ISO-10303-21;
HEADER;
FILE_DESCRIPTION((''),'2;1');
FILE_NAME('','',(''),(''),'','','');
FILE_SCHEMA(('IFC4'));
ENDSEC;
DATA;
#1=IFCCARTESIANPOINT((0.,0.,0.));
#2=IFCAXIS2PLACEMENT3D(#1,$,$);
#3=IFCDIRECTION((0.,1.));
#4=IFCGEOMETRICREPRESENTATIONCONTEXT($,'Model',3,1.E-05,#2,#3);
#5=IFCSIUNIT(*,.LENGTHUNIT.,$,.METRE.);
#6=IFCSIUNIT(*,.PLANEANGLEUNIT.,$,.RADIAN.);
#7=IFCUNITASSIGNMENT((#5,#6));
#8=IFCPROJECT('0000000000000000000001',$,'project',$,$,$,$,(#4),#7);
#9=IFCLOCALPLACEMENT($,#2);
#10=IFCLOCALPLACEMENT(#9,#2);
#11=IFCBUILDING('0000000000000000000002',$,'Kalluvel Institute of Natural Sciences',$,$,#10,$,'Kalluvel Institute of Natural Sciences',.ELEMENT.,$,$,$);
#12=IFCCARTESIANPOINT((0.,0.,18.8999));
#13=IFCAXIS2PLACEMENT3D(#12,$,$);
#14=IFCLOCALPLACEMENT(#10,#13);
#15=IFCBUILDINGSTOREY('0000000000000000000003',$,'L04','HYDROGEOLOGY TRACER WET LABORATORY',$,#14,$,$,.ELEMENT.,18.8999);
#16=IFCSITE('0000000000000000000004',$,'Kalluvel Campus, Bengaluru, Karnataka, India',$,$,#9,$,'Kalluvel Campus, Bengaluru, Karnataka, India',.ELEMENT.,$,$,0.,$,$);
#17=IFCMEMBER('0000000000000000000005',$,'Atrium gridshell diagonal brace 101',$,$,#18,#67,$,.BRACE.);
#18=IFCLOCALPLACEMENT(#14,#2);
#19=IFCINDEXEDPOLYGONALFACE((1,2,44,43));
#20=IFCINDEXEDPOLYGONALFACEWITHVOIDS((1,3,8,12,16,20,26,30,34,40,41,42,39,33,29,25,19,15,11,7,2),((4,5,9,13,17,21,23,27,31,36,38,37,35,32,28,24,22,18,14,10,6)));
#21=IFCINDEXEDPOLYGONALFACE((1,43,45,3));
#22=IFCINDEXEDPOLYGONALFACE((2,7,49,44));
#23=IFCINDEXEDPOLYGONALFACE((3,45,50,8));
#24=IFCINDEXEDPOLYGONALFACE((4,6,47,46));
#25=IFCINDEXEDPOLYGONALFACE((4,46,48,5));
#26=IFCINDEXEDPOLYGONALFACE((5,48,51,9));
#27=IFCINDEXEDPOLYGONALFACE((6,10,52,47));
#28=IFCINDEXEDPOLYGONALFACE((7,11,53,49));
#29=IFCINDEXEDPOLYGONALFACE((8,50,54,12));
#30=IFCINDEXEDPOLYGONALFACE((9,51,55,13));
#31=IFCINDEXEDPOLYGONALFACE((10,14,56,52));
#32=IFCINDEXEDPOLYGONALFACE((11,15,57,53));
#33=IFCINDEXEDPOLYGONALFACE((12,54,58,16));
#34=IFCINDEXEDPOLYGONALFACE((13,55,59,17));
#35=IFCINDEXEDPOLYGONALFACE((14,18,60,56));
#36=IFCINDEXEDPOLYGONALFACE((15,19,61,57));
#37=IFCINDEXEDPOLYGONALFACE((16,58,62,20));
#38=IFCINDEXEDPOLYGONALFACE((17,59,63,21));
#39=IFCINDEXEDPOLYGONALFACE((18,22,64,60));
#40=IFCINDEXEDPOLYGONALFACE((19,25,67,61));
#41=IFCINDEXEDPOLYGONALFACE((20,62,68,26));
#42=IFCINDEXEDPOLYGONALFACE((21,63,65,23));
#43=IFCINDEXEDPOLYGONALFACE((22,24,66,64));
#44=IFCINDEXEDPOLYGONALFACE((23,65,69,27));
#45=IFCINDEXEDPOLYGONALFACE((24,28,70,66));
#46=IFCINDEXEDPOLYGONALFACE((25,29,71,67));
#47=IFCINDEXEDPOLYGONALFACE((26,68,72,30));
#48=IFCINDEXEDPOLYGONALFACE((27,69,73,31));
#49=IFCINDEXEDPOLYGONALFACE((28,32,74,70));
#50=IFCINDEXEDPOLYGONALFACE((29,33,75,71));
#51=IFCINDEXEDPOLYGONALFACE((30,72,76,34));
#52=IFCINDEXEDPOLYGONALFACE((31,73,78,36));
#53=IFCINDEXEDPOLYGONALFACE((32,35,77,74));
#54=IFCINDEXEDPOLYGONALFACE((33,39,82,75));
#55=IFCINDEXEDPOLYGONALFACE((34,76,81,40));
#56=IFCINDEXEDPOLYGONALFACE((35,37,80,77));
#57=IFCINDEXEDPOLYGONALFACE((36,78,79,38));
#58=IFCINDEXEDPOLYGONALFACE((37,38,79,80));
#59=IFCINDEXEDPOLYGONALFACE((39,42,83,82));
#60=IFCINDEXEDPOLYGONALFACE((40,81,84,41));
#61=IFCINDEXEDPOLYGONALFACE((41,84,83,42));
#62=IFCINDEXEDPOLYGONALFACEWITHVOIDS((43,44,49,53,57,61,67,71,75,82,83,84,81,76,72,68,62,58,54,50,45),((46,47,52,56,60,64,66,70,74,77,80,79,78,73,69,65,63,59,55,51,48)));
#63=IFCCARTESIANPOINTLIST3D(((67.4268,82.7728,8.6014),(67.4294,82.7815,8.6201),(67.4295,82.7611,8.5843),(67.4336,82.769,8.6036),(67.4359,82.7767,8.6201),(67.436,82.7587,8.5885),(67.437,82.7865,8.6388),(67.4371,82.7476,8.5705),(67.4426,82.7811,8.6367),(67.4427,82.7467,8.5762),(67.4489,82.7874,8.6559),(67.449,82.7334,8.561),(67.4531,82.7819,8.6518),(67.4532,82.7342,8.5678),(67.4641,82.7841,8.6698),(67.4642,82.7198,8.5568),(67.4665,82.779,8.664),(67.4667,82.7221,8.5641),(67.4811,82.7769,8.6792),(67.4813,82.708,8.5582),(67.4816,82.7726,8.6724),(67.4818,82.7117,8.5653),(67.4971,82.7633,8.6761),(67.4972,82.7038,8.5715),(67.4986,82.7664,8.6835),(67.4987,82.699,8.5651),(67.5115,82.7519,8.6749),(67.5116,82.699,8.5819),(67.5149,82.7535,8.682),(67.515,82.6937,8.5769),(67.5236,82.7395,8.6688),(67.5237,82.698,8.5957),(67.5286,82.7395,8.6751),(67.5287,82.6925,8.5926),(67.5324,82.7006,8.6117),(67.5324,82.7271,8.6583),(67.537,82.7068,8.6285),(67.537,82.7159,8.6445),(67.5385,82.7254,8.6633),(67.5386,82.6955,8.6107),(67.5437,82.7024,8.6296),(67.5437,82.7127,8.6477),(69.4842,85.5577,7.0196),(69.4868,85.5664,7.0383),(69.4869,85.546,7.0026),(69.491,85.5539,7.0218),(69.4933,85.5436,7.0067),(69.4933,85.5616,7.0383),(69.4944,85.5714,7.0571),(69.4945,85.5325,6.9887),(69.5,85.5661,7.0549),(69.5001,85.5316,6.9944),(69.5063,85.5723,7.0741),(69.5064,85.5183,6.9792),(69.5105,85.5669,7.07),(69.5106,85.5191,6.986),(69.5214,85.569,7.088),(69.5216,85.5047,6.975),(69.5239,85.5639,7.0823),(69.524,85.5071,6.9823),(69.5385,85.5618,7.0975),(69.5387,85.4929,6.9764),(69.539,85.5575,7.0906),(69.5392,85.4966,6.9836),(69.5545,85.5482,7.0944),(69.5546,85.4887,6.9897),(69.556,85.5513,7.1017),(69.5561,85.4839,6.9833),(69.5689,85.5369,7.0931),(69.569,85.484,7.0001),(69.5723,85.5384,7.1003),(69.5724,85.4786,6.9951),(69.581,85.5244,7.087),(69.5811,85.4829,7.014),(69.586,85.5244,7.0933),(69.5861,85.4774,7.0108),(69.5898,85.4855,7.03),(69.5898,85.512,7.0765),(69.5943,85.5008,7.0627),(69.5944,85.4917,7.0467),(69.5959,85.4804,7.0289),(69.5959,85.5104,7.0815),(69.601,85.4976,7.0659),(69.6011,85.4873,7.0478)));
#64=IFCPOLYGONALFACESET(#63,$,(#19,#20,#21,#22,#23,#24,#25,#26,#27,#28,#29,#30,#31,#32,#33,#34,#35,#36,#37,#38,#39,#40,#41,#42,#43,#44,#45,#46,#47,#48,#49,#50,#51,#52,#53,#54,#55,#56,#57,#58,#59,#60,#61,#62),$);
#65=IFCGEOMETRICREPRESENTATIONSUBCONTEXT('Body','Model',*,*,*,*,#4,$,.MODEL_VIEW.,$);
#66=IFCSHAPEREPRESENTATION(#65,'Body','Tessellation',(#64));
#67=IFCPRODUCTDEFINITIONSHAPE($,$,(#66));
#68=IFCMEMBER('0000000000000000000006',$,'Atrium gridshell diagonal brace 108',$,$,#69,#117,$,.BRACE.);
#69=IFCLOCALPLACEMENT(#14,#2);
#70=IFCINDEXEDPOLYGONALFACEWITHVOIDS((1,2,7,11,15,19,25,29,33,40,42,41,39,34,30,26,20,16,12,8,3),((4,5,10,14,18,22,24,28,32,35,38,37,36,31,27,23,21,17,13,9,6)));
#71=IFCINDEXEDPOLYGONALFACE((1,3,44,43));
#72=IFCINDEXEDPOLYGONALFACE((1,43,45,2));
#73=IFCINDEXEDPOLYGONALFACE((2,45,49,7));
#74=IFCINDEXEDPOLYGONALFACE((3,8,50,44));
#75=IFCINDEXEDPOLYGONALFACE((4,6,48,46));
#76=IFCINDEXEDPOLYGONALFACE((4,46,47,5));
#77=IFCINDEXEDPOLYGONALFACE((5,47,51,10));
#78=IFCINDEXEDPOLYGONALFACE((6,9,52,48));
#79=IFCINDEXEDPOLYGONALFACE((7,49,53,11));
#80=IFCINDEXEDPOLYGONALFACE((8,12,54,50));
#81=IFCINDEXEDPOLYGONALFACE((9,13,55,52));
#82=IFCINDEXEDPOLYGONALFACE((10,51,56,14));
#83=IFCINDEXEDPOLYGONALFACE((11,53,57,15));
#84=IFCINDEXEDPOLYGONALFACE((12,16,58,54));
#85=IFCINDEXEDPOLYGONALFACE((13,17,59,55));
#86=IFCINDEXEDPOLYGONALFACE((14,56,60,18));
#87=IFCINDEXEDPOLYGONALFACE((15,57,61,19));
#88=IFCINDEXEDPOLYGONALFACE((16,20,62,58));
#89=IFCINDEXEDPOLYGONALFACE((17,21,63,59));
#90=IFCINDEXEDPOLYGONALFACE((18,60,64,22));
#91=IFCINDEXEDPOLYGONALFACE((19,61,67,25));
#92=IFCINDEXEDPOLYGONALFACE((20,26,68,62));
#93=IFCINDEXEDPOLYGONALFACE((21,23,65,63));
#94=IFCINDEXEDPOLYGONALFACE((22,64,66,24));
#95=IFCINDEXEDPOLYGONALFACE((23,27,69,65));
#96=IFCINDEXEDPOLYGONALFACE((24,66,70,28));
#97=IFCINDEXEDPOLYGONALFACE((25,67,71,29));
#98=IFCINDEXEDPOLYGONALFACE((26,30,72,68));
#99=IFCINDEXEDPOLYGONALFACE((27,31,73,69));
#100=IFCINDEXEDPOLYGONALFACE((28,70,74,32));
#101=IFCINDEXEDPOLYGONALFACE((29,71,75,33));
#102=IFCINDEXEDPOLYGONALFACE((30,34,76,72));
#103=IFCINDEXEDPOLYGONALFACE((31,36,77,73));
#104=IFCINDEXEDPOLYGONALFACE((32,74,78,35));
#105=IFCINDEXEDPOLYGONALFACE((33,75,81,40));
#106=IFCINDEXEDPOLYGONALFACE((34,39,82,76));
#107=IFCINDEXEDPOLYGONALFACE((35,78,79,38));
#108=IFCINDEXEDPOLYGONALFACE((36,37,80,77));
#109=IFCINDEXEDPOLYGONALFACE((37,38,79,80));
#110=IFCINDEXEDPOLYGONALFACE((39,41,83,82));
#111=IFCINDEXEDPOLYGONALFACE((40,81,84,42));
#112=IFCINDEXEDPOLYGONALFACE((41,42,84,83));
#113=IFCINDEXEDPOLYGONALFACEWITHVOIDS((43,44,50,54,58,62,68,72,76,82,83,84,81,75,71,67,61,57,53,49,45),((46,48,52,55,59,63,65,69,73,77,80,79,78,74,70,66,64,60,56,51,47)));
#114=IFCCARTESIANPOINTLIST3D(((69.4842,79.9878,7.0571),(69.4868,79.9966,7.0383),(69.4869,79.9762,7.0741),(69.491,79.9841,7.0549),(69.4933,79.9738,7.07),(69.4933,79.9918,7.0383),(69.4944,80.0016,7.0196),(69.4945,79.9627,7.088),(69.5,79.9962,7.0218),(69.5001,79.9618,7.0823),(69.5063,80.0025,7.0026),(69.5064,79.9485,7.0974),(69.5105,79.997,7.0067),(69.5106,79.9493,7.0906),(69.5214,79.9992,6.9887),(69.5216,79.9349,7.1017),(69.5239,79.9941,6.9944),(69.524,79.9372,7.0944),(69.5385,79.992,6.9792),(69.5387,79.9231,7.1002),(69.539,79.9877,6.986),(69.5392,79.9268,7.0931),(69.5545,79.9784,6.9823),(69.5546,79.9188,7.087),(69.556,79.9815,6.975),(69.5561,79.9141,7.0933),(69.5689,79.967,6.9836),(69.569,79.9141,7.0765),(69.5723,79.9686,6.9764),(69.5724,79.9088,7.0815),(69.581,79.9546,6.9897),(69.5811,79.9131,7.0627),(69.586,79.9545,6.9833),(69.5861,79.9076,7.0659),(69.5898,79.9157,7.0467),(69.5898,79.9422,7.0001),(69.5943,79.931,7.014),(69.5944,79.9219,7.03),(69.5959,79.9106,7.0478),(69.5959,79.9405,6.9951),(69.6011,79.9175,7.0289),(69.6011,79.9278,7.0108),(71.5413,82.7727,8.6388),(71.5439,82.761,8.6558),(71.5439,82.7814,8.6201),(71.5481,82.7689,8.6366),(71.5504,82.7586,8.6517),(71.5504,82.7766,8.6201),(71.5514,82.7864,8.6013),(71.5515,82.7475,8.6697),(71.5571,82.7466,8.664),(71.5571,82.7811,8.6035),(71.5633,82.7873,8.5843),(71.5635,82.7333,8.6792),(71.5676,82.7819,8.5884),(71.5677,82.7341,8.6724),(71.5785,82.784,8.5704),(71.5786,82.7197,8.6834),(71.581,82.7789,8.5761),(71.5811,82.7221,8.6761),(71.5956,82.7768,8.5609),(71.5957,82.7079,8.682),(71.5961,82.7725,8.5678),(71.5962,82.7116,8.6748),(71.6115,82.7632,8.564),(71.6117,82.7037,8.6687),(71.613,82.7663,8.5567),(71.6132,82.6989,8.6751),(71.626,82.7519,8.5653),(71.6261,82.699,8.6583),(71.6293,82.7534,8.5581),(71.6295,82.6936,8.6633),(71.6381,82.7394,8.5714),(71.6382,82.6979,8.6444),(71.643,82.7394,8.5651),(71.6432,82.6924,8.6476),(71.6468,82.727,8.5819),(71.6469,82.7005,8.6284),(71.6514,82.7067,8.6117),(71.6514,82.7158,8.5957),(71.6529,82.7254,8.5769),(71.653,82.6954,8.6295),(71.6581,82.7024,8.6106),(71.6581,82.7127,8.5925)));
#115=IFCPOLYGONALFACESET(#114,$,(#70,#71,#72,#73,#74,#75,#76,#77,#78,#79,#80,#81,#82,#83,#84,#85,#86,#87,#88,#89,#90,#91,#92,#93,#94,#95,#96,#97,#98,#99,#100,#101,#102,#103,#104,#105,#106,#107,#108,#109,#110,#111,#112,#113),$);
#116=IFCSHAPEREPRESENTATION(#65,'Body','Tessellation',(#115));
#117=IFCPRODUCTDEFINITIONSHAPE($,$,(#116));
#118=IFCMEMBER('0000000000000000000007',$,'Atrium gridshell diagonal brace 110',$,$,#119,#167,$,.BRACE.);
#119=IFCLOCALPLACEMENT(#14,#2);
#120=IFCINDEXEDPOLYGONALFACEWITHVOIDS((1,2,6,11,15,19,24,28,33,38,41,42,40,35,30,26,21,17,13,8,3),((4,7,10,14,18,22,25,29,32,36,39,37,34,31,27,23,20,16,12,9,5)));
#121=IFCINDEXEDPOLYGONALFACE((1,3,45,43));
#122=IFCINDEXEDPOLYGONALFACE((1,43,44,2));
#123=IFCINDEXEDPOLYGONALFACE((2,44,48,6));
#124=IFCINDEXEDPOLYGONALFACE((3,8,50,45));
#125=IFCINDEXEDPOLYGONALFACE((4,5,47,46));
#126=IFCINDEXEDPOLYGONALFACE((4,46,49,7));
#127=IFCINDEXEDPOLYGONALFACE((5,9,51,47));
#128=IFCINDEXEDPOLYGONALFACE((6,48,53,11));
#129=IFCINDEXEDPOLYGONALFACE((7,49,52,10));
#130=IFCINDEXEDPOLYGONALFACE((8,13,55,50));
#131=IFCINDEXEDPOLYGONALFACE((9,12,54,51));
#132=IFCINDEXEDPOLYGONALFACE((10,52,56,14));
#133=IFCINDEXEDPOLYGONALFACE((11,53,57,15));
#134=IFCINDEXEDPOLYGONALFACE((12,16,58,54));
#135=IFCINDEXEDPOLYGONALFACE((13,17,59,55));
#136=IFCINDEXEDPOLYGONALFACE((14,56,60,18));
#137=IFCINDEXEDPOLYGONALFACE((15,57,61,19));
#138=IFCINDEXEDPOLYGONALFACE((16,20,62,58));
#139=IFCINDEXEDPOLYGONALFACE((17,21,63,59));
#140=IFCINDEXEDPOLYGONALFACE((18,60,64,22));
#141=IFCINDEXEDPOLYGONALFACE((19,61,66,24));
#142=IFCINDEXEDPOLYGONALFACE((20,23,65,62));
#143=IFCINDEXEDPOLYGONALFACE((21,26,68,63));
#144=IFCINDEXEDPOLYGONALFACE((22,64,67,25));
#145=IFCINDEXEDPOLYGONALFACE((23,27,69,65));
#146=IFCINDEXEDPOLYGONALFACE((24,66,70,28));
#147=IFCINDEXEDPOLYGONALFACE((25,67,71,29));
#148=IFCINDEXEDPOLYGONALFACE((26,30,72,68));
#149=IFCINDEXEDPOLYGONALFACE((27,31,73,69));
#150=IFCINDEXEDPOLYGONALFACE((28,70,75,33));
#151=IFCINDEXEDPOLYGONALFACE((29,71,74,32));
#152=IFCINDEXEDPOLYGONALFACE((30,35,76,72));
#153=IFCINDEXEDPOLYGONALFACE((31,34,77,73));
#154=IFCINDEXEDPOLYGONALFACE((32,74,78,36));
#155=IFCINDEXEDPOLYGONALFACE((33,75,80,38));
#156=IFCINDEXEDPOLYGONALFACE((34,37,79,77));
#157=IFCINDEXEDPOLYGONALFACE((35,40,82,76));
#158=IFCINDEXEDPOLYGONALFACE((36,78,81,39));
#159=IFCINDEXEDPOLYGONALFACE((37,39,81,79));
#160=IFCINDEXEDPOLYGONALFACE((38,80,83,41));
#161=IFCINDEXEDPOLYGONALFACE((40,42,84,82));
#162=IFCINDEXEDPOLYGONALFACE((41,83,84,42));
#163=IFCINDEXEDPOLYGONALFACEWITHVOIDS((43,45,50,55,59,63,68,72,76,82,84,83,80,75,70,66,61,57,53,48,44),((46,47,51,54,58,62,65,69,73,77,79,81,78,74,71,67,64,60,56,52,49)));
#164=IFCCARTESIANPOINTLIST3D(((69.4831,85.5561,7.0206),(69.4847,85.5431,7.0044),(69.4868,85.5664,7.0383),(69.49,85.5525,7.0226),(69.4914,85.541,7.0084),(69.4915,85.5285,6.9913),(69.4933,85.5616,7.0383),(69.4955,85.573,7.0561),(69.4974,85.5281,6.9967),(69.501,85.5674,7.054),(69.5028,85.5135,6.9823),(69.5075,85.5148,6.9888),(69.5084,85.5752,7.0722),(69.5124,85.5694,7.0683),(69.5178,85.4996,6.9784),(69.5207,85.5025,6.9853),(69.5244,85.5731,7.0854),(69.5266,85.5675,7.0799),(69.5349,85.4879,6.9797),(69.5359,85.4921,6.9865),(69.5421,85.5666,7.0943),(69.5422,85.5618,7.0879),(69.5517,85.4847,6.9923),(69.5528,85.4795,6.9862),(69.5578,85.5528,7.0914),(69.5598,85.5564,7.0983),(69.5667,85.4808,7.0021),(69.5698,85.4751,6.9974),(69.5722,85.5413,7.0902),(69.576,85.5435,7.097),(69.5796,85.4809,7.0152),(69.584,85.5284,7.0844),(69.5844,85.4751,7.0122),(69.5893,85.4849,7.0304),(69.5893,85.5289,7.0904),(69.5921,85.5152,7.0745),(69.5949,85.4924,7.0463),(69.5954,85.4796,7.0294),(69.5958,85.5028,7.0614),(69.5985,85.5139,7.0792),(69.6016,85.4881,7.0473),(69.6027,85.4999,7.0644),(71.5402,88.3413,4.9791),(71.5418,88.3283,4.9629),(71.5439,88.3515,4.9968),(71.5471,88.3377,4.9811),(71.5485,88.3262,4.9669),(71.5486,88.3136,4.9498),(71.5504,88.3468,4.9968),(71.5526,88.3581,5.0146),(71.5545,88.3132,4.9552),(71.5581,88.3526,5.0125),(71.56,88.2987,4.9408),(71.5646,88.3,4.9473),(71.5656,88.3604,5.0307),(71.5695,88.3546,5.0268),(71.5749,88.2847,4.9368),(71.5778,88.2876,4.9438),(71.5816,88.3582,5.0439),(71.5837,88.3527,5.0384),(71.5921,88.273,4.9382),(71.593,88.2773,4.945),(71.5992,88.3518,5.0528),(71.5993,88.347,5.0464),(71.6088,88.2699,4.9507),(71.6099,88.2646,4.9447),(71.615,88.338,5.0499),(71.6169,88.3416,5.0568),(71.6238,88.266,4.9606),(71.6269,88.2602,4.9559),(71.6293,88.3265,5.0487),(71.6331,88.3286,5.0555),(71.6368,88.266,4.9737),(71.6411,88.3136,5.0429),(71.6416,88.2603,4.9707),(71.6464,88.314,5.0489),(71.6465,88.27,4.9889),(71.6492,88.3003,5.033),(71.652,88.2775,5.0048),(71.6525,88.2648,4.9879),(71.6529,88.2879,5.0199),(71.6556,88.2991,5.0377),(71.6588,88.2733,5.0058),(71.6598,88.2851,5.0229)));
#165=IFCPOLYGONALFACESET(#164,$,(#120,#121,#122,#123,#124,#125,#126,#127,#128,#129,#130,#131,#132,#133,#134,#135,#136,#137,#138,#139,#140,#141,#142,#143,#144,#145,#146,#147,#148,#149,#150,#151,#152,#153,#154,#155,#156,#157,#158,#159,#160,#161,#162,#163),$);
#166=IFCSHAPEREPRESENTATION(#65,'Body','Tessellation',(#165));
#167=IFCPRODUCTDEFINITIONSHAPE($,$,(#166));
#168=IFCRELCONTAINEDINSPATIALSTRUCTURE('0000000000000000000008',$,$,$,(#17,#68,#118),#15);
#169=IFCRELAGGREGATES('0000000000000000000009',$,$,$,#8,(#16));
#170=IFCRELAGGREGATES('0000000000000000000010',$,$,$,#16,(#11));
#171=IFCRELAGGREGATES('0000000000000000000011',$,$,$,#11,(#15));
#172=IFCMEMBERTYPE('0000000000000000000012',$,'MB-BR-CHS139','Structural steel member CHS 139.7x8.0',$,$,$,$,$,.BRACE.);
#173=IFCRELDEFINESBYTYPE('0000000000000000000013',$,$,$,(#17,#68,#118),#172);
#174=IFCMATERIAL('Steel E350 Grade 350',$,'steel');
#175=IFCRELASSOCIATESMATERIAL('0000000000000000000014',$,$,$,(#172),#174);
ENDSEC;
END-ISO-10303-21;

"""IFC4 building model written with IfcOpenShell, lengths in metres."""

from ifc_helpers import new_model, si_unit, direction, frame, origin, origin_2d, place, context, subcontext, project, spatial, hollow_circle, extrude, material, material_profile, profile_set, type_object, element, save


model = new_model("IFC4")

# Units and contexts
model_context = context("Model", 3, precision=1e-05, world=origin(), true_north=direction((0.0, 1.0)))
body_context = subcontext(model_context, "Body", "Model", "MODEL_VIEW")
ifc_project = project(units=[si_unit("LENGTHUNIT", "METRE"), si_unit("PLANEANGLEUNIT", "RADIAN")], contexts=[model_context])

# Site, building, storey
site_placement = place(None, origin())
site = spatial("IfcSite", under=ifc_project, at=site_placement, Name="Kalluvel Campus, Bengaluru, Karnataka, India", LongName="Kalluvel Campus, Bengaluru, Karnataka, India", CompositionType="ELEMENT", RefElevation=0.0)
building_placement = place(site_placement, origin())
building = spatial("IfcBuilding", under=site, at=building_placement, Name="Kalluvel Institute of Natural Sciences", LongName="Kalluvel Institute of Natural Sciences", CompositionType="ELEMENT")
storey_placement = place(building_placement, frame((0.0, 0.0, 18.8999)))
storey = spatial("IfcBuildingStorey", under=building, at=storey_placement, Name="L04", Description="HYDROGEOLOGY TRACER WET LABORATORY", CompositionType="ELEMENT", Elevation=18.8999)

# Members
ifc_material_1 = material(Name="Steel E350 Grade 350", Category="steel")
ifc_material_profile_1 = material_profile(ifc_material_1, hollow_circle(Radius=0.0698, WallThickness=0.0081, at=origin_2d()), Name="CHS 139.7x8.0")
ifc_profile_set_1 = profile_set([ifc_material_profile_1], Name="Steel E350 Grade 350")
member_type_1 = type_object("IfcMemberType", Name="MB-BR-CHS139", Description="Structural steel member CHS 139.7x8.0", PredefinedType="BRACE", material=ifc_profile_set_1)
member_1_placement = place(storey_placement, frame((67.4856, 82.74, 8.6201), z_axis=(0.540468, 0.731592, -0.415533), x_axis=(-0.80432, 0.594197, 0.0)))
element("IfcMember", 1, at=member_1_placement, inside=storey, type_object=member_type_1, Name="Atrium gridshell diagonal brace 101", PredefinedType="BRACE", context=body_context, shape_type="SweptSolid", body=[
    extrude(hollow_circle(Radius=0.0698, WallThickness=0.0081, at=origin_2d()), origin(), (0.0, 0.0, 1.0), 3.8066),
])
member_2_placement = place(storey_placement, frame((69.543, 79.9551, 7.0383), z_axis=(0.540423, 0.731617, 0.415547), x_axis=(-0.804353, 0.594151, 0.0)))
element("IfcMember", 2, at=member_2_placement, inside=storey, type_object=member_type_1, Name="Atrium gridshell diagonal brace 108", PredefinedType="BRACE", context=body_context, shape_type="SweptSolid", body=[
    extrude(hollow_circle(Radius=0.0698, WallThickness=0.0081, at=origin_2d()), origin(), (0.0, 0.0, 1.0), 3.8064),
])
member_3_placement = place(storey_placement, frame((69.543, 85.5249, 7.0383), z_axis=(0.511784, 0.692906, -0.507896), x_axis=(-0.804378, 0.594117, 0.0)))
element("IfcMember", 3, at=member_3_placement, inside=storey, type_object=member_type_1, Name="Atrium gridshell diagonal brace 110", PredefinedType="BRACE", context=body_context, shape_type="SweptSolid", body=[
    extrude(hollow_circle(Radius=0.0698, WallThickness=0.0081, at=origin_2d()), origin(), (0.0, 0.0, 1.0), 4.0195),
])

save(model, "model.ifc")
